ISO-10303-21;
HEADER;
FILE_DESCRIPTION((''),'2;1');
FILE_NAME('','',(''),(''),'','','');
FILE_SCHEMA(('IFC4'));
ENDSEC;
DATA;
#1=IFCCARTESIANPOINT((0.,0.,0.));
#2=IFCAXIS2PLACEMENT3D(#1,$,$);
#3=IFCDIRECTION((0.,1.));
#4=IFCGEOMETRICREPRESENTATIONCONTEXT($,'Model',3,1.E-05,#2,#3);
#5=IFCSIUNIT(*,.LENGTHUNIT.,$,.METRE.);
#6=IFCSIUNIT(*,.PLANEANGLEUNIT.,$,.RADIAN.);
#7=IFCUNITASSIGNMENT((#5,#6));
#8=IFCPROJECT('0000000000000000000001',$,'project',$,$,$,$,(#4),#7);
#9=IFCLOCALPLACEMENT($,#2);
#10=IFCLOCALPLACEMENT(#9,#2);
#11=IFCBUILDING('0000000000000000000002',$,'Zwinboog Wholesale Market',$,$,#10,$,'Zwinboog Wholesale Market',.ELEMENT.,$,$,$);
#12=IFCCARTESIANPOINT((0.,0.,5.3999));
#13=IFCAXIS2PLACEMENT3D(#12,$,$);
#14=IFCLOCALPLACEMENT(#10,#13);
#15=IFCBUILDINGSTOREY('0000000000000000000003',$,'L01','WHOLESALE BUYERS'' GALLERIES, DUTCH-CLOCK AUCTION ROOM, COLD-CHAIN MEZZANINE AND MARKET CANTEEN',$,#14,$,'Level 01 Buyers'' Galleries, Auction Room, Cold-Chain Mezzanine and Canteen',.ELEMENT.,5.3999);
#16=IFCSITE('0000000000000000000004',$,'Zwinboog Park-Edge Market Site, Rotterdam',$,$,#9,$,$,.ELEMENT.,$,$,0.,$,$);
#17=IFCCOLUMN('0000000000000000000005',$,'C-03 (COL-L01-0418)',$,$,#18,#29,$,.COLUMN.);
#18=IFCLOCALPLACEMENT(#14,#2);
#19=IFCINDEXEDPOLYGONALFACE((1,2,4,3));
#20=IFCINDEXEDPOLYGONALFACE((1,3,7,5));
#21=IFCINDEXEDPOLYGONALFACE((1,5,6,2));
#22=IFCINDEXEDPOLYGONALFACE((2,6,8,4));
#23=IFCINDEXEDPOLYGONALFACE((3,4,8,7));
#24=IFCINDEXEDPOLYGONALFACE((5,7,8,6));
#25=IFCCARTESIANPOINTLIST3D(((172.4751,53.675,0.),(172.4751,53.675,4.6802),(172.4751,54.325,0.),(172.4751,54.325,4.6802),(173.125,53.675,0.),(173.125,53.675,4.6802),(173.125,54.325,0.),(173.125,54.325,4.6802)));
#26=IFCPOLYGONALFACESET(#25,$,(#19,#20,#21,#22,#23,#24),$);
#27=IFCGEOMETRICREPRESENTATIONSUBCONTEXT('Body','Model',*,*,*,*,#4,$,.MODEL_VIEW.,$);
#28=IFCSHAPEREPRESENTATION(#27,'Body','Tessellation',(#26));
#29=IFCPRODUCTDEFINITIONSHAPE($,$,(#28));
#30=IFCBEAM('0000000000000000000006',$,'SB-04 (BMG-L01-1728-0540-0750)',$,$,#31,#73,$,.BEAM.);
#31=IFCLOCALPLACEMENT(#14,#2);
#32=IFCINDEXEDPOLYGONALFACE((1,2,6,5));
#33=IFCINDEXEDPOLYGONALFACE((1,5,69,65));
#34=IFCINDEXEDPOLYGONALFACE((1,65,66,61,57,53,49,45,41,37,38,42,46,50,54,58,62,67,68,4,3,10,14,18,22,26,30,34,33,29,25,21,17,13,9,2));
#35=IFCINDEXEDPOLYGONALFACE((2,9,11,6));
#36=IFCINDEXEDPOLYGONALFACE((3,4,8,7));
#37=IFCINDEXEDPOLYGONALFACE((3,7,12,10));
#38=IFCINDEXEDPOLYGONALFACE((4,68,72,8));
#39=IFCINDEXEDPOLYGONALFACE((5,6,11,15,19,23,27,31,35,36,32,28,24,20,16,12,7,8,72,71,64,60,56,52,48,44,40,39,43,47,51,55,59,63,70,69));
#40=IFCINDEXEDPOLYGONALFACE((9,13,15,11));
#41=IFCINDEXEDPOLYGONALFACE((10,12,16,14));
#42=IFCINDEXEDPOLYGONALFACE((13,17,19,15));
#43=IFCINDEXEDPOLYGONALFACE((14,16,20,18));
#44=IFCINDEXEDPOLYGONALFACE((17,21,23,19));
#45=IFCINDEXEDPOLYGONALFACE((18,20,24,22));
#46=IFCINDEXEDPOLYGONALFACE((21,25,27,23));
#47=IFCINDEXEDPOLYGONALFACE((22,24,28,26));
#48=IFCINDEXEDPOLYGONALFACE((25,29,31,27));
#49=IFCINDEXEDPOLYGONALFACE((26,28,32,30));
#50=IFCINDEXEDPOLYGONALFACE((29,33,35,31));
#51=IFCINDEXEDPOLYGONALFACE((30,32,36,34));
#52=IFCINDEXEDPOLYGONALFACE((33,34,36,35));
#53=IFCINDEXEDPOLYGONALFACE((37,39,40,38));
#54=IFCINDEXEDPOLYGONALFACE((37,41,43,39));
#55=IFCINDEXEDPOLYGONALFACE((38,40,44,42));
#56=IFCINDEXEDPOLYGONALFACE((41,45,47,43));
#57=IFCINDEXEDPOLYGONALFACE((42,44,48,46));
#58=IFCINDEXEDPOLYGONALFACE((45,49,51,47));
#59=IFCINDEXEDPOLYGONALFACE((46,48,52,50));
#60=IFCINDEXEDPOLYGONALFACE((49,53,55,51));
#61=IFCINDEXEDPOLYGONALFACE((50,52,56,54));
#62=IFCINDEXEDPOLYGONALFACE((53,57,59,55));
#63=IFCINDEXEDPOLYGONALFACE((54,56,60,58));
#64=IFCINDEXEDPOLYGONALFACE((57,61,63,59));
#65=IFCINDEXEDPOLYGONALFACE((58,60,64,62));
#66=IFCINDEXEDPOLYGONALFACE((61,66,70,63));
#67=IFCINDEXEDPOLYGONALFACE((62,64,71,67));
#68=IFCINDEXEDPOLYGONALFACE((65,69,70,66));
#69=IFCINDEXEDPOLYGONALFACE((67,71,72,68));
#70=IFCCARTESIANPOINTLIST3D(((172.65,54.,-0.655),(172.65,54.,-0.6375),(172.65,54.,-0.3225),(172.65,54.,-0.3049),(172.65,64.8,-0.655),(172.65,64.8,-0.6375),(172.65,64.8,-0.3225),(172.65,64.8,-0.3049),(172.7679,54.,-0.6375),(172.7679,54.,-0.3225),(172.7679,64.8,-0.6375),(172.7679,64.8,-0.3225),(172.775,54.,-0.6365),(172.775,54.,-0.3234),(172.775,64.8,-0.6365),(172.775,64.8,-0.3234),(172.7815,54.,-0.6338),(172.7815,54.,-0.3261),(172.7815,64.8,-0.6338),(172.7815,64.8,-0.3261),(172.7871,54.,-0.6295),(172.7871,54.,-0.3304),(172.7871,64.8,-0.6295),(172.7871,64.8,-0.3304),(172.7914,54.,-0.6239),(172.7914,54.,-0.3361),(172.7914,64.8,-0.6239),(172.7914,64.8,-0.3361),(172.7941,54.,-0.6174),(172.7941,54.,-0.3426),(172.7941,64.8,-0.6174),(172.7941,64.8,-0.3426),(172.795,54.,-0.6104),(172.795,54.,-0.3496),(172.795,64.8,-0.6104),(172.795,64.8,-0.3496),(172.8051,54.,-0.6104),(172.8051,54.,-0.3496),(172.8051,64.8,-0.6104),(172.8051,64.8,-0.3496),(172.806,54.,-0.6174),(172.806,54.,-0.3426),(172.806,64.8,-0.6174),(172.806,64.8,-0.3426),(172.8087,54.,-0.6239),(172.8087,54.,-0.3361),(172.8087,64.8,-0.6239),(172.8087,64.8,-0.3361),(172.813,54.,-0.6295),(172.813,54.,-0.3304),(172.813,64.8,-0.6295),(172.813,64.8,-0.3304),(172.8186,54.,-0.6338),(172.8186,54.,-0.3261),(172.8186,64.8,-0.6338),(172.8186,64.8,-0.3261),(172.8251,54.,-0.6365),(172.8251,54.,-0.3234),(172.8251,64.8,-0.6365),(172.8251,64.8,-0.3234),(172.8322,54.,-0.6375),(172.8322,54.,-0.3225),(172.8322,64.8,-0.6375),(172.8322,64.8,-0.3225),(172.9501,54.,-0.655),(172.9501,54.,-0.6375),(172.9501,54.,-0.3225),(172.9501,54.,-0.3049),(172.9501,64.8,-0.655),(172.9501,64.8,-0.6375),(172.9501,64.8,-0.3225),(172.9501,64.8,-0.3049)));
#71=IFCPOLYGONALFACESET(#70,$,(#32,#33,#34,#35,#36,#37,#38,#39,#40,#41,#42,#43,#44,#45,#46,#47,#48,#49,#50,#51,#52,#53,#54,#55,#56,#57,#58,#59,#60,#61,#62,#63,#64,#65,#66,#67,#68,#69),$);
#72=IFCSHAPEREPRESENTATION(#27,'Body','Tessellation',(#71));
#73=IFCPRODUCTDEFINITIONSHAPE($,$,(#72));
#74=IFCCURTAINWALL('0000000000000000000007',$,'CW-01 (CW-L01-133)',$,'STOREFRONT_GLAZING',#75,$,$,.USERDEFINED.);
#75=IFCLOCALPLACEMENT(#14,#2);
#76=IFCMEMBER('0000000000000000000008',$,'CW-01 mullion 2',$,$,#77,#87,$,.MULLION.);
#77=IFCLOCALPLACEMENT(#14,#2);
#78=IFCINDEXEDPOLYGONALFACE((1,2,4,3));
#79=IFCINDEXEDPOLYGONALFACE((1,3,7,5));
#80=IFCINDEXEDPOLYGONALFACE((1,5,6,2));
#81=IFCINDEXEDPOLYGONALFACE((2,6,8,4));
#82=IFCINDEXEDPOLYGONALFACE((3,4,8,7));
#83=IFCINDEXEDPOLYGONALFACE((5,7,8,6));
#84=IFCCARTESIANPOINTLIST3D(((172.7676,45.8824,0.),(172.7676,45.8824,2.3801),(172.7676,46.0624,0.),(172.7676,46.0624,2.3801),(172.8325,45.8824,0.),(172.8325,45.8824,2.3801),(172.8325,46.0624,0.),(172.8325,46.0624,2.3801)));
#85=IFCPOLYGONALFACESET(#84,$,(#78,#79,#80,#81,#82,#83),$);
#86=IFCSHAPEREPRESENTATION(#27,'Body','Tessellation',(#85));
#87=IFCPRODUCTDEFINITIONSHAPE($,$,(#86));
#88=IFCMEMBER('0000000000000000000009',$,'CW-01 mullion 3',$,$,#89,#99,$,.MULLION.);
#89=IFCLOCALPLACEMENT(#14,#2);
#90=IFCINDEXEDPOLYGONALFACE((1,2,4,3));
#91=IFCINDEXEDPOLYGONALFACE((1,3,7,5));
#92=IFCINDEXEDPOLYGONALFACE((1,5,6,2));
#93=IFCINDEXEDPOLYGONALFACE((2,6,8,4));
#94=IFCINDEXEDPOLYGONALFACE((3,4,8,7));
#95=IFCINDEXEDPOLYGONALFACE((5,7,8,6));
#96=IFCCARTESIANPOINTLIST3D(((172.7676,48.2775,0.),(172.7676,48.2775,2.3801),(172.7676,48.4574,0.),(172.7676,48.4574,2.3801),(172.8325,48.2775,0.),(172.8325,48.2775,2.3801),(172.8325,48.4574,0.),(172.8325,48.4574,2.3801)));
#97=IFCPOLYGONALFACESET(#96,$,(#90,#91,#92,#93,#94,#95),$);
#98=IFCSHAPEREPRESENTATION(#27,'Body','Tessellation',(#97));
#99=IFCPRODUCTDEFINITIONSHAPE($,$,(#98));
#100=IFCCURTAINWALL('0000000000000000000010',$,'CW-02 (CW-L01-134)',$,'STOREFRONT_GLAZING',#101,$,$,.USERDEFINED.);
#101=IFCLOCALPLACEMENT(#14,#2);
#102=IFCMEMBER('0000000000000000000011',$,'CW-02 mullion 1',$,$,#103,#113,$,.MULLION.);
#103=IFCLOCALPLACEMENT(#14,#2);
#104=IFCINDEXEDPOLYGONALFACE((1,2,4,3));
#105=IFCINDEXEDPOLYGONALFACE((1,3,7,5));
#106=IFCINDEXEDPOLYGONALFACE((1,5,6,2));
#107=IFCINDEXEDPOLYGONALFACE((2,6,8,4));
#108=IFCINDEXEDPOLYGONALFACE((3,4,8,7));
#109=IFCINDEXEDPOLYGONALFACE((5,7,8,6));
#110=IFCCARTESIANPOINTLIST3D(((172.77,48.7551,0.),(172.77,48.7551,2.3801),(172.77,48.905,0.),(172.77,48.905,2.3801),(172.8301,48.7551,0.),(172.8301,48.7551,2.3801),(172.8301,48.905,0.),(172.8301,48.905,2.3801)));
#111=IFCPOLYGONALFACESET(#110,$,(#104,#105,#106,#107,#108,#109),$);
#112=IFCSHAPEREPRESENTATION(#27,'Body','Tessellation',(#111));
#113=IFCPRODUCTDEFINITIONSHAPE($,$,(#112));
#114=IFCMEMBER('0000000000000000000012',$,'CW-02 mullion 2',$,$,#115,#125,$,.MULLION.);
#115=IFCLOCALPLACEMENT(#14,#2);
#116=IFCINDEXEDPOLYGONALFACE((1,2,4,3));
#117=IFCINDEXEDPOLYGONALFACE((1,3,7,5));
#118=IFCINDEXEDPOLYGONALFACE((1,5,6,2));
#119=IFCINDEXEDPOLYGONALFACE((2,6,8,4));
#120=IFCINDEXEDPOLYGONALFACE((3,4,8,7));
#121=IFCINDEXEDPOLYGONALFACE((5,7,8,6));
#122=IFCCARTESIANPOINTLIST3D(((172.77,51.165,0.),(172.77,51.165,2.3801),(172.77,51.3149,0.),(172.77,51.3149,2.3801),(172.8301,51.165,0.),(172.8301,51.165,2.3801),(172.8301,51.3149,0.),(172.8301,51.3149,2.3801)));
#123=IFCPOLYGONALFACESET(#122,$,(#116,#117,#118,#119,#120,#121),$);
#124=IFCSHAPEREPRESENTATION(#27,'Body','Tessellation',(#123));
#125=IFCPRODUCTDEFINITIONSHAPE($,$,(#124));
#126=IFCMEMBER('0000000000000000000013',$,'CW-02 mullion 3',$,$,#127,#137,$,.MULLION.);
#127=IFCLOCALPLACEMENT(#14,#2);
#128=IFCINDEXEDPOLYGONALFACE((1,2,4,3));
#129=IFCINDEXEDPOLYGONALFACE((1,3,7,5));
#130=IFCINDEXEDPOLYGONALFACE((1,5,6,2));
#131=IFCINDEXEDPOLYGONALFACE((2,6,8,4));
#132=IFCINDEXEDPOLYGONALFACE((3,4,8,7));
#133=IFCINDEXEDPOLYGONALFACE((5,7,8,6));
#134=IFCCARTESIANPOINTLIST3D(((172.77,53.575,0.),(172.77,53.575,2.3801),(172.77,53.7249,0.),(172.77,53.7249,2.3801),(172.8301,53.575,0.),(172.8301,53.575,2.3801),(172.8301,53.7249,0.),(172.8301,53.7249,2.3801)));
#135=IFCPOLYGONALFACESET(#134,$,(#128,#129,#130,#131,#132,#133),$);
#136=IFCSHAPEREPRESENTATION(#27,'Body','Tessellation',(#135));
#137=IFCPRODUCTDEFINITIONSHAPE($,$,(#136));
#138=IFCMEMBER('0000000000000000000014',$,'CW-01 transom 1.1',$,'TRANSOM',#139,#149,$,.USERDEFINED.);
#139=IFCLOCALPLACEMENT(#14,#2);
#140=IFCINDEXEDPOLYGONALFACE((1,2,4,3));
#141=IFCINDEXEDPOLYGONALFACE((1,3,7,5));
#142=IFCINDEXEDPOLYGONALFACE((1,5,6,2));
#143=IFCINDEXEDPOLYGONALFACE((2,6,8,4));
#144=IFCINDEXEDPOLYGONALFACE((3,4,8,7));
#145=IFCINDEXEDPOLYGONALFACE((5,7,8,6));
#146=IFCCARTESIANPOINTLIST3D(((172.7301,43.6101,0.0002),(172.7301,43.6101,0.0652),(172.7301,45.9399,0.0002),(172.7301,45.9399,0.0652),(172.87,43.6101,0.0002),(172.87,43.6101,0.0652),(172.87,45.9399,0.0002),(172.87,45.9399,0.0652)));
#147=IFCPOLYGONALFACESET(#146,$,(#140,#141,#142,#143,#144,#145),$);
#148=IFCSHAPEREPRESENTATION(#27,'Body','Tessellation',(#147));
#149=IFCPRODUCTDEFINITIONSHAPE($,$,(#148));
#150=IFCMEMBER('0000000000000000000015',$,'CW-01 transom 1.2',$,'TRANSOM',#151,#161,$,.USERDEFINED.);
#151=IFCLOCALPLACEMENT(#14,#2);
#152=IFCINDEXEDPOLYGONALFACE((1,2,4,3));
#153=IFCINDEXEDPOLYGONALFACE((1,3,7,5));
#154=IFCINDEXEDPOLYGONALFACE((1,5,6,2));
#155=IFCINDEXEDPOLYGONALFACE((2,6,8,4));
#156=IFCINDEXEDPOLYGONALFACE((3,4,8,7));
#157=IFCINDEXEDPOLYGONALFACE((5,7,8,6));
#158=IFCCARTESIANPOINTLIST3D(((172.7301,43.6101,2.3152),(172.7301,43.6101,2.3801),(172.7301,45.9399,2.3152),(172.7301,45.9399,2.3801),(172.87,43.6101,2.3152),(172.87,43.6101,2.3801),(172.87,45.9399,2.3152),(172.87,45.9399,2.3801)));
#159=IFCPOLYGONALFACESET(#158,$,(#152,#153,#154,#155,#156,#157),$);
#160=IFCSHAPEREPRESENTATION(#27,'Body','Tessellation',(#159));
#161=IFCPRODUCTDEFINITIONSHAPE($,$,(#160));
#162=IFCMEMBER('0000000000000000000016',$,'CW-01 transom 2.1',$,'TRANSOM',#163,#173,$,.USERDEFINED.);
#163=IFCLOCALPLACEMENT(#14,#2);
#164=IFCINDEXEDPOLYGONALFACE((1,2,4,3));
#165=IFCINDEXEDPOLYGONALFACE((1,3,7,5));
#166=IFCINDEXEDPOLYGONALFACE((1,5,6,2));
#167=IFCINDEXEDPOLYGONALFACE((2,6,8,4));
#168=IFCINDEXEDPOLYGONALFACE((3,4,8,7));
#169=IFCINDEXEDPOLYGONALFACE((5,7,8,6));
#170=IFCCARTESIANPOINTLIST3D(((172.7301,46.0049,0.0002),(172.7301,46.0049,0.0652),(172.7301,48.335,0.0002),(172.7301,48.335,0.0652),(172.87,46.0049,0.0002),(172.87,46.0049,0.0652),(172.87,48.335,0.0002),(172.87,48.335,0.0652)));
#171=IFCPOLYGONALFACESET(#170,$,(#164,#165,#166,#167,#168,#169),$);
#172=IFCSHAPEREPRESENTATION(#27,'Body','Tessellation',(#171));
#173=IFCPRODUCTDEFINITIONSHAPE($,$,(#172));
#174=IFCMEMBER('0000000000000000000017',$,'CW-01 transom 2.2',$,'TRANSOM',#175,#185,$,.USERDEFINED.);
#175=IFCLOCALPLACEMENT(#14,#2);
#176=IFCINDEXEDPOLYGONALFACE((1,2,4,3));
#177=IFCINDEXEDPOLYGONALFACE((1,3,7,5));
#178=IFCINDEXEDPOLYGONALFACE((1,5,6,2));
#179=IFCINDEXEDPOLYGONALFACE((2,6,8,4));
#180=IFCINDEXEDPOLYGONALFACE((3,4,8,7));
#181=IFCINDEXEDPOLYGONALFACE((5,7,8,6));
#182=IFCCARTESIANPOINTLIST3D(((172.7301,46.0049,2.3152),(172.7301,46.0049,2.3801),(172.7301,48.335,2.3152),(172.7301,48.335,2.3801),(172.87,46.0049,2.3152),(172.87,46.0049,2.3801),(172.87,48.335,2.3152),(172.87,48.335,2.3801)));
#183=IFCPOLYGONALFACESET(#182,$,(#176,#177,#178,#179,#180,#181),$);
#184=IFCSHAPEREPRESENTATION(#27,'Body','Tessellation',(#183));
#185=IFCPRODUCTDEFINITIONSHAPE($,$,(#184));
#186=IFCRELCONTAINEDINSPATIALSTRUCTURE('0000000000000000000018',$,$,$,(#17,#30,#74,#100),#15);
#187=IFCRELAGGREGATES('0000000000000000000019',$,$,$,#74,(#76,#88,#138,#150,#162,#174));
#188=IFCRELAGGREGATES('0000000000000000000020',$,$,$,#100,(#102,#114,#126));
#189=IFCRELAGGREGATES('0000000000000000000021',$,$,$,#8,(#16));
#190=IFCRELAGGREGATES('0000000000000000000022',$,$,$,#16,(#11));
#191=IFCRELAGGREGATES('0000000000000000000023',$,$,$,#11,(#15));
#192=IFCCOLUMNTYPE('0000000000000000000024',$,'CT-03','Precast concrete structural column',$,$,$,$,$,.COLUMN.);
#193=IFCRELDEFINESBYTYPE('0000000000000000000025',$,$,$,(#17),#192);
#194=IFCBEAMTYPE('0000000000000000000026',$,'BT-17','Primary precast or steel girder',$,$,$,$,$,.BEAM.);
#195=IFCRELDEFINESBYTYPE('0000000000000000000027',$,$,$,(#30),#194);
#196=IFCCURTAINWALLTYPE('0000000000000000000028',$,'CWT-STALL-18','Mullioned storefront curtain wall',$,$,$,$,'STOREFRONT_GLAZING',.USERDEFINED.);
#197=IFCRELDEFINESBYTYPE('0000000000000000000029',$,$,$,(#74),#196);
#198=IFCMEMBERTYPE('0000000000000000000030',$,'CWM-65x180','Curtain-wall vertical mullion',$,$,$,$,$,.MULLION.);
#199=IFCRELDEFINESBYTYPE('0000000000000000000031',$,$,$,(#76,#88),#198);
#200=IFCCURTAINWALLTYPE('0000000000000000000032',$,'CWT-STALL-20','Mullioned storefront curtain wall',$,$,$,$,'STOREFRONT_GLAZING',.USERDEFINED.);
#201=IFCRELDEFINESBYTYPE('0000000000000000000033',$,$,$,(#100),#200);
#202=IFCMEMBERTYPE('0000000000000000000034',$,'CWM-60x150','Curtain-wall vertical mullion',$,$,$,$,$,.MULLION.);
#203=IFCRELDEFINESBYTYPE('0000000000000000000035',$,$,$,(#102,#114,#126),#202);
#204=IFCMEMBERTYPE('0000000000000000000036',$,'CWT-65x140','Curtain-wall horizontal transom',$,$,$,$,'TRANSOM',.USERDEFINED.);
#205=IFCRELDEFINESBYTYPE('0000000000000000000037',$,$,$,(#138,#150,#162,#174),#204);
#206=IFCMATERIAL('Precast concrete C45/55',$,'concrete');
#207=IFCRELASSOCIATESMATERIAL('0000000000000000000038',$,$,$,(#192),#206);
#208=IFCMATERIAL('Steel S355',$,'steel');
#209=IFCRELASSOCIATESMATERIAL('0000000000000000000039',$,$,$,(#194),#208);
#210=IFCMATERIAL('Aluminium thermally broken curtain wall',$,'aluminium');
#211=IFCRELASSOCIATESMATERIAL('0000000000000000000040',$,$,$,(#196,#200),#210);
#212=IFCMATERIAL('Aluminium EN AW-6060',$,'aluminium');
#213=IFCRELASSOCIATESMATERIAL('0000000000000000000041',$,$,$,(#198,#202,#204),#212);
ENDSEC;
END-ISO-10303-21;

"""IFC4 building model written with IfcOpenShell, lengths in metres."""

from ifc_helpers import new_model, si_unit, direction, frame, origin, origin_2d, place, context, subcontext, project, spatial, rectangle, i_section, extrude, material, material_profile, profile_set, type_object, element, aggregate, save


model = new_model("IFC4")

# Units and contexts
model_context = context("Model", 3, precision=1e-05, world=origin(), true_north=direction((0.0, 1.0)))
body_context = subcontext(model_context, "Body", "Model", "MODEL_VIEW")
ifc_project = project(units=[si_unit("LENGTHUNIT", "METRE"), si_unit("PLANEANGLEUNIT", "RADIAN")], contexts=[model_context])

# Site, building, storey
site_placement = place(None, origin())
site = spatial("IfcSite", under=ifc_project, at=site_placement, Name="Zwinboog Park-Edge Market Site, Rotterdam", CompositionType="ELEMENT", RefElevation=0.0)
building_placement = place(site_placement, origin())
building = spatial("IfcBuilding", under=site, at=building_placement, Name="Zwinboog Wholesale Market", LongName="Zwinboog Wholesale Market", CompositionType="ELEMENT")
storey_placement = place(building_placement, frame((0.0, 0.0, 5.3999)))
storey = spatial("IfcBuildingStorey", under=building, at=storey_placement, Name="L01", Description="WHOLESALE BUYERS' GALLERIES, DUTCH-CLOCK AUCTION ROOM, COLD-CHAIN MEZZANINE AND MARKET CANTEEN", LongName="Level 01 Buyers' Galleries, Auction Room, Cold-Chain Mezzanine and Canteen", CompositionType="ELEMENT", Elevation=5.3999)

# Column
ifc_material_1 = material(Name="Precast concrete C45/55", Category="concrete")
ifc_material_profile_1 = material_profile(ifc_material_1, rectangle(XDim=0.6499, YDim=0.6499, at=origin_2d()), Name="PC 650x650")
ifc_profile_set_1 = profile_set([ifc_material_profile_1], Name="Precast concrete C45/55")
column_type = type_object("IfcColumnType", Name="CT-03", Description="Precast concrete structural column", PredefinedType="COLUMN", material=ifc_profile_set_1)
column_placement = place(storey_placement, frame((172.8, 54.0, 0.0), z_axis=(0.0, 0.0, 1.0), x_axis=(1.0, 0.0, 0.0)))
element("IfcColumn", 1, at=column_placement, inside=storey, type_object=column_type, Name="C-03 (COL-L01-0418)", PredefinedType="COLUMN", context=body_context, shape_type="SweptSolid", body=[
    extrude(rectangle(XDim=0.6499, YDim=0.6499, at=origin_2d()), origin(), (0.0, 0.0, 1.0), 4.6802),
])

# Beam
ifc_material_2 = material(Name="Steel S355", Category="steel")
ifc_material_profile_2 = material_profile(ifc_material_2, i_section(OverallWidth=0.3, OverallDepth=0.3501, WebThickness=0.01, FlangeThickness=0.0176, FilletRadius=0.0271, at=origin_2d()), Name="HEA 360")
ifc_profile_set_2 = profile_set([ifc_material_profile_2], Name="Steel S355")
beam_type = type_object("IfcBeamType", Name="BT-17", Description="Primary precast or steel girder", PredefinedType="BEAM", material=ifc_profile_set_2)
beam_placement = place(storey_placement, frame((172.8, 54.0, -0.48), z_axis=(0.0, 1.0, 0.0), x_axis=(-1.0, 0.0, 0.0)))
element("IfcBeam", 2, at=beam_placement, inside=storey, type_object=beam_type, Name="SB-04 (BMG-L01-1728-0540-0750)", PredefinedType="BEAM", context=body_context, shape_type="SweptSolid", body=[
    extrude(i_section(OverallWidth=0.3, OverallDepth=0.3501, WebThickness=0.01, FlangeThickness=0.0176, FilletRadius=0.0271, at=origin_2d()), origin(), (0.0, 0.0, 1.0), 10.8),
])

# Curtain walls, members
ifc_material_3 = material(Name="Aluminium thermally broken curtain wall", Category="aluminium")
curtain_wall_type_1 = type_object("IfcCurtainWallType", Name="CWT-STALL-18", Description="Mullioned storefront curtain wall", ElementType="STOREFRONT_GLAZING", PredefinedType="USERDEFINED", material=ifc_material_3)
curtain_wall_1_placement = place(storey_placement, origin())
curtain_wall_1 = element("IfcCurtainWall", 3, at=curtain_wall_1_placement, inside=storey, type_object=curtain_wall_type_1, Name="CW-01 (CW-L01-133)", ObjectType="STOREFRONT_GLAZING", PredefinedType="USERDEFINED")
ifc_material_4 = material(Name="Aluminium EN AW-6060", Category="aluminium")
ifc_material_profile_3 = material_profile(ifc_material_4, rectangle(XDim=0.0649, YDim=0.1799, at=origin_2d()), Name="AL 65x180")
ifc_profile_set_3 = profile_set([ifc_material_profile_3], Name="Aluminium EN AW-6060")
member_type_1 = type_object("IfcMemberType", Name="CWM-65x180", Description="Curtain-wall vertical mullion", PredefinedType="MULLION", material=ifc_profile_set_3)
member_1_placement = place(storey_placement, frame((172.8, 45.9724, 0.0), z_axis=(0.0, 0.0, 1.0), x_axis=(-1.0, 0.0, 0.0)))
member_1 = element("IfcMember", 4, at=member_1_placement, type_object=member_type_1, Name="CW-01 mullion 2", PredefinedType="MULLION", context=body_context, shape_type="SweptSolid", body=[
    extrude(rectangle(XDim=0.0649, YDim=0.1799, at=origin_2d()), origin(), (0.0, 0.0, 1.0), 2.3801),
])
member_2_placement = place(storey_placement, frame((172.8, 48.3674, 0.0), z_axis=(0.0, 0.0, 1.0), x_axis=(-1.0, 0.0, 0.0)))
member_2 = element("IfcMember", 5, at=member_2_placement, type_object=member_type_1, Name="CW-01 mullion 3", PredefinedType="MULLION", context=body_context, shape_type="SweptSolid", body=[
    extrude(rectangle(XDim=0.0649, YDim=0.1799, at=origin_2d()), origin(), (0.0, 0.0, 1.0), 2.3801),
])
curtain_wall_type_2 = type_object("IfcCurtainWallType", Name="CWT-STALL-20", Description="Mullioned storefront curtain wall", ElementType="STOREFRONT_GLAZING", PredefinedType="USERDEFINED", material=ifc_material_3)
curtain_wall_2_placement = place(storey_placement, origin())
curtain_wall_2 = element("IfcCurtainWall", 6, at=curtain_wall_2_placement, inside=storey, type_object=curtain_wall_type_2, Name="CW-02 (CW-L01-134)", ObjectType="STOREFRONT_GLAZING", PredefinedType="USERDEFINED")
ifc_material_profile_4 = material_profile(ifc_material_4, rectangle(XDim=0.0601, YDim=0.1499, at=origin_2d()), Name="AL 60x150")
ifc_profile_set_4 = profile_set([ifc_material_profile_4], Name="Aluminium EN AW-6060")
member_type_2 = type_object("IfcMemberType", Name="CWM-60x150", Description="Curtain-wall vertical mullion", PredefinedType="MULLION", material=ifc_profile_set_4)
member_3_placement = place(storey_placement, frame((172.8, 48.8301, 0.0), z_axis=(0.0, 0.0, 1.0), x_axis=(-1.0, 0.0, 0.0)))
member_3 = element("IfcMember", 7, at=member_3_placement, type_object=member_type_2, Name="CW-02 mullion 1", PredefinedType="MULLION", context=body_context, shape_type="SweptSolid", body=[
    extrude(rectangle(XDim=0.0601, YDim=0.1499, at=origin_2d()), origin(), (0.0, 0.0, 1.0), 2.3801),
])
member_4_placement = place(storey_placement, frame((172.8, 51.24, 0.0), z_axis=(0.0, 0.0, 1.0), x_axis=(-1.0, 0.0, 0.0)))
member_4 = element("IfcMember", 8, at=member_4_placement, type_object=member_type_2, Name="CW-02 mullion 2", PredefinedType="MULLION", context=body_context, shape_type="SweptSolid", body=[
    extrude(rectangle(XDim=0.0601, YDim=0.1499, at=origin_2d()), origin(), (0.0, 0.0, 1.0), 2.3801),
])
member_5_placement = place(storey_placement, frame((172.8, 53.6499, 0.0), z_axis=(0.0, 0.0, 1.0), x_axis=(-1.0, 0.0, 0.0)))
member_5 = element("IfcMember", 9, at=member_5_placement, type_object=member_type_2, Name="CW-02 mullion 3", PredefinedType="MULLION", context=body_context, shape_type="SweptSolid", body=[
    extrude(rectangle(XDim=0.0601, YDim=0.1499, at=origin_2d()), origin(), (0.0, 0.0, 1.0), 2.3801),
])

# Members
ifc_material_profile_5 = material_profile(ifc_material_4, rectangle(XDim=0.1399, YDim=0.0649, at=origin_2d()), Name="AL 65x140")
ifc_profile_set_5 = profile_set([ifc_material_profile_5], Name="Aluminium EN AW-6060")
member_type_3 = type_object("IfcMemberType", Name="CWT-65x140", Description="Curtain-wall horizontal transom", ElementType="TRANSOM", PredefinedType="USERDEFINED", material=ifc_profile_set_5)
member_6_placement = place(storey_placement, frame((172.8, 43.6101, 0.0327), z_axis=(0.0, 1.0, 0.0), x_axis=(-1.0, 0.0, 0.0)))
member_6 = element("IfcMember", 10, at=member_6_placement, type_object=member_type_3, Name="CW-01 transom 1.1", ObjectType="TRANSOM", PredefinedType="USERDEFINED", context=body_context, shape_type="SweptSolid", body=[
    extrude(rectangle(XDim=0.1399, YDim=0.0649, at=origin_2d()), origin(), (0.0, 0.0, 1.0), 2.3298),
])
member_7_placement = place(storey_placement, frame((172.8, 43.6101, 2.3477), z_axis=(0.0, 1.0, 0.0), x_axis=(-1.0, 0.0, 0.0)))
member_7 = element("IfcMember", 11, at=member_7_placement, type_object=member_type_3, Name="CW-01 transom 1.2", ObjectType="TRANSOM", PredefinedType="USERDEFINED", context=body_context, shape_type="SweptSolid", body=[
    extrude(rectangle(XDim=0.1399, YDim=0.0649, at=origin_2d()), origin(), (0.0, 0.0, 1.0), 2.3298),
])
member_8_placement = place(storey_placement, frame((172.8, 46.0049, 0.0327), z_axis=(0.0, 1.0, 0.0), x_axis=(-1.0, 0.0, 0.0)))
member_8 = element("IfcMember", 12, at=member_8_placement, type_object=member_type_3, Name="CW-01 transom 2.1", ObjectType="TRANSOM", PredefinedType="USERDEFINED", context=body_context, shape_type="SweptSolid", body=[
    extrude(rectangle(XDim=0.1399, YDim=0.0649, at=origin_2d()), origin(), (0.0, 0.0, 1.0), 2.3301),
])
member_9_placement = place(storey_placement, frame((172.8, 46.0049, 2.3477), z_axis=(0.0, 1.0, 0.0), x_axis=(-1.0, 0.0, 0.0)))
member_9 = element("IfcMember", 13, at=member_9_placement, type_object=member_type_3, Name="CW-01 transom 2.2", ObjectType="TRANSOM", PredefinedType="USERDEFINED", context=body_context, shape_type="SweptSolid", body=[
    extrude(rectangle(XDim=0.1399, YDim=0.0649, at=origin_2d()), origin(), (0.0, 0.0, 1.0), 2.3301),
])

aggregate(curtain_wall_1, [member_1, member_2, member_6, member_7, member_8, member_9])
aggregate(curtain_wall_2, [member_3, member_4, member_5])

save(model, "model.ifc")
